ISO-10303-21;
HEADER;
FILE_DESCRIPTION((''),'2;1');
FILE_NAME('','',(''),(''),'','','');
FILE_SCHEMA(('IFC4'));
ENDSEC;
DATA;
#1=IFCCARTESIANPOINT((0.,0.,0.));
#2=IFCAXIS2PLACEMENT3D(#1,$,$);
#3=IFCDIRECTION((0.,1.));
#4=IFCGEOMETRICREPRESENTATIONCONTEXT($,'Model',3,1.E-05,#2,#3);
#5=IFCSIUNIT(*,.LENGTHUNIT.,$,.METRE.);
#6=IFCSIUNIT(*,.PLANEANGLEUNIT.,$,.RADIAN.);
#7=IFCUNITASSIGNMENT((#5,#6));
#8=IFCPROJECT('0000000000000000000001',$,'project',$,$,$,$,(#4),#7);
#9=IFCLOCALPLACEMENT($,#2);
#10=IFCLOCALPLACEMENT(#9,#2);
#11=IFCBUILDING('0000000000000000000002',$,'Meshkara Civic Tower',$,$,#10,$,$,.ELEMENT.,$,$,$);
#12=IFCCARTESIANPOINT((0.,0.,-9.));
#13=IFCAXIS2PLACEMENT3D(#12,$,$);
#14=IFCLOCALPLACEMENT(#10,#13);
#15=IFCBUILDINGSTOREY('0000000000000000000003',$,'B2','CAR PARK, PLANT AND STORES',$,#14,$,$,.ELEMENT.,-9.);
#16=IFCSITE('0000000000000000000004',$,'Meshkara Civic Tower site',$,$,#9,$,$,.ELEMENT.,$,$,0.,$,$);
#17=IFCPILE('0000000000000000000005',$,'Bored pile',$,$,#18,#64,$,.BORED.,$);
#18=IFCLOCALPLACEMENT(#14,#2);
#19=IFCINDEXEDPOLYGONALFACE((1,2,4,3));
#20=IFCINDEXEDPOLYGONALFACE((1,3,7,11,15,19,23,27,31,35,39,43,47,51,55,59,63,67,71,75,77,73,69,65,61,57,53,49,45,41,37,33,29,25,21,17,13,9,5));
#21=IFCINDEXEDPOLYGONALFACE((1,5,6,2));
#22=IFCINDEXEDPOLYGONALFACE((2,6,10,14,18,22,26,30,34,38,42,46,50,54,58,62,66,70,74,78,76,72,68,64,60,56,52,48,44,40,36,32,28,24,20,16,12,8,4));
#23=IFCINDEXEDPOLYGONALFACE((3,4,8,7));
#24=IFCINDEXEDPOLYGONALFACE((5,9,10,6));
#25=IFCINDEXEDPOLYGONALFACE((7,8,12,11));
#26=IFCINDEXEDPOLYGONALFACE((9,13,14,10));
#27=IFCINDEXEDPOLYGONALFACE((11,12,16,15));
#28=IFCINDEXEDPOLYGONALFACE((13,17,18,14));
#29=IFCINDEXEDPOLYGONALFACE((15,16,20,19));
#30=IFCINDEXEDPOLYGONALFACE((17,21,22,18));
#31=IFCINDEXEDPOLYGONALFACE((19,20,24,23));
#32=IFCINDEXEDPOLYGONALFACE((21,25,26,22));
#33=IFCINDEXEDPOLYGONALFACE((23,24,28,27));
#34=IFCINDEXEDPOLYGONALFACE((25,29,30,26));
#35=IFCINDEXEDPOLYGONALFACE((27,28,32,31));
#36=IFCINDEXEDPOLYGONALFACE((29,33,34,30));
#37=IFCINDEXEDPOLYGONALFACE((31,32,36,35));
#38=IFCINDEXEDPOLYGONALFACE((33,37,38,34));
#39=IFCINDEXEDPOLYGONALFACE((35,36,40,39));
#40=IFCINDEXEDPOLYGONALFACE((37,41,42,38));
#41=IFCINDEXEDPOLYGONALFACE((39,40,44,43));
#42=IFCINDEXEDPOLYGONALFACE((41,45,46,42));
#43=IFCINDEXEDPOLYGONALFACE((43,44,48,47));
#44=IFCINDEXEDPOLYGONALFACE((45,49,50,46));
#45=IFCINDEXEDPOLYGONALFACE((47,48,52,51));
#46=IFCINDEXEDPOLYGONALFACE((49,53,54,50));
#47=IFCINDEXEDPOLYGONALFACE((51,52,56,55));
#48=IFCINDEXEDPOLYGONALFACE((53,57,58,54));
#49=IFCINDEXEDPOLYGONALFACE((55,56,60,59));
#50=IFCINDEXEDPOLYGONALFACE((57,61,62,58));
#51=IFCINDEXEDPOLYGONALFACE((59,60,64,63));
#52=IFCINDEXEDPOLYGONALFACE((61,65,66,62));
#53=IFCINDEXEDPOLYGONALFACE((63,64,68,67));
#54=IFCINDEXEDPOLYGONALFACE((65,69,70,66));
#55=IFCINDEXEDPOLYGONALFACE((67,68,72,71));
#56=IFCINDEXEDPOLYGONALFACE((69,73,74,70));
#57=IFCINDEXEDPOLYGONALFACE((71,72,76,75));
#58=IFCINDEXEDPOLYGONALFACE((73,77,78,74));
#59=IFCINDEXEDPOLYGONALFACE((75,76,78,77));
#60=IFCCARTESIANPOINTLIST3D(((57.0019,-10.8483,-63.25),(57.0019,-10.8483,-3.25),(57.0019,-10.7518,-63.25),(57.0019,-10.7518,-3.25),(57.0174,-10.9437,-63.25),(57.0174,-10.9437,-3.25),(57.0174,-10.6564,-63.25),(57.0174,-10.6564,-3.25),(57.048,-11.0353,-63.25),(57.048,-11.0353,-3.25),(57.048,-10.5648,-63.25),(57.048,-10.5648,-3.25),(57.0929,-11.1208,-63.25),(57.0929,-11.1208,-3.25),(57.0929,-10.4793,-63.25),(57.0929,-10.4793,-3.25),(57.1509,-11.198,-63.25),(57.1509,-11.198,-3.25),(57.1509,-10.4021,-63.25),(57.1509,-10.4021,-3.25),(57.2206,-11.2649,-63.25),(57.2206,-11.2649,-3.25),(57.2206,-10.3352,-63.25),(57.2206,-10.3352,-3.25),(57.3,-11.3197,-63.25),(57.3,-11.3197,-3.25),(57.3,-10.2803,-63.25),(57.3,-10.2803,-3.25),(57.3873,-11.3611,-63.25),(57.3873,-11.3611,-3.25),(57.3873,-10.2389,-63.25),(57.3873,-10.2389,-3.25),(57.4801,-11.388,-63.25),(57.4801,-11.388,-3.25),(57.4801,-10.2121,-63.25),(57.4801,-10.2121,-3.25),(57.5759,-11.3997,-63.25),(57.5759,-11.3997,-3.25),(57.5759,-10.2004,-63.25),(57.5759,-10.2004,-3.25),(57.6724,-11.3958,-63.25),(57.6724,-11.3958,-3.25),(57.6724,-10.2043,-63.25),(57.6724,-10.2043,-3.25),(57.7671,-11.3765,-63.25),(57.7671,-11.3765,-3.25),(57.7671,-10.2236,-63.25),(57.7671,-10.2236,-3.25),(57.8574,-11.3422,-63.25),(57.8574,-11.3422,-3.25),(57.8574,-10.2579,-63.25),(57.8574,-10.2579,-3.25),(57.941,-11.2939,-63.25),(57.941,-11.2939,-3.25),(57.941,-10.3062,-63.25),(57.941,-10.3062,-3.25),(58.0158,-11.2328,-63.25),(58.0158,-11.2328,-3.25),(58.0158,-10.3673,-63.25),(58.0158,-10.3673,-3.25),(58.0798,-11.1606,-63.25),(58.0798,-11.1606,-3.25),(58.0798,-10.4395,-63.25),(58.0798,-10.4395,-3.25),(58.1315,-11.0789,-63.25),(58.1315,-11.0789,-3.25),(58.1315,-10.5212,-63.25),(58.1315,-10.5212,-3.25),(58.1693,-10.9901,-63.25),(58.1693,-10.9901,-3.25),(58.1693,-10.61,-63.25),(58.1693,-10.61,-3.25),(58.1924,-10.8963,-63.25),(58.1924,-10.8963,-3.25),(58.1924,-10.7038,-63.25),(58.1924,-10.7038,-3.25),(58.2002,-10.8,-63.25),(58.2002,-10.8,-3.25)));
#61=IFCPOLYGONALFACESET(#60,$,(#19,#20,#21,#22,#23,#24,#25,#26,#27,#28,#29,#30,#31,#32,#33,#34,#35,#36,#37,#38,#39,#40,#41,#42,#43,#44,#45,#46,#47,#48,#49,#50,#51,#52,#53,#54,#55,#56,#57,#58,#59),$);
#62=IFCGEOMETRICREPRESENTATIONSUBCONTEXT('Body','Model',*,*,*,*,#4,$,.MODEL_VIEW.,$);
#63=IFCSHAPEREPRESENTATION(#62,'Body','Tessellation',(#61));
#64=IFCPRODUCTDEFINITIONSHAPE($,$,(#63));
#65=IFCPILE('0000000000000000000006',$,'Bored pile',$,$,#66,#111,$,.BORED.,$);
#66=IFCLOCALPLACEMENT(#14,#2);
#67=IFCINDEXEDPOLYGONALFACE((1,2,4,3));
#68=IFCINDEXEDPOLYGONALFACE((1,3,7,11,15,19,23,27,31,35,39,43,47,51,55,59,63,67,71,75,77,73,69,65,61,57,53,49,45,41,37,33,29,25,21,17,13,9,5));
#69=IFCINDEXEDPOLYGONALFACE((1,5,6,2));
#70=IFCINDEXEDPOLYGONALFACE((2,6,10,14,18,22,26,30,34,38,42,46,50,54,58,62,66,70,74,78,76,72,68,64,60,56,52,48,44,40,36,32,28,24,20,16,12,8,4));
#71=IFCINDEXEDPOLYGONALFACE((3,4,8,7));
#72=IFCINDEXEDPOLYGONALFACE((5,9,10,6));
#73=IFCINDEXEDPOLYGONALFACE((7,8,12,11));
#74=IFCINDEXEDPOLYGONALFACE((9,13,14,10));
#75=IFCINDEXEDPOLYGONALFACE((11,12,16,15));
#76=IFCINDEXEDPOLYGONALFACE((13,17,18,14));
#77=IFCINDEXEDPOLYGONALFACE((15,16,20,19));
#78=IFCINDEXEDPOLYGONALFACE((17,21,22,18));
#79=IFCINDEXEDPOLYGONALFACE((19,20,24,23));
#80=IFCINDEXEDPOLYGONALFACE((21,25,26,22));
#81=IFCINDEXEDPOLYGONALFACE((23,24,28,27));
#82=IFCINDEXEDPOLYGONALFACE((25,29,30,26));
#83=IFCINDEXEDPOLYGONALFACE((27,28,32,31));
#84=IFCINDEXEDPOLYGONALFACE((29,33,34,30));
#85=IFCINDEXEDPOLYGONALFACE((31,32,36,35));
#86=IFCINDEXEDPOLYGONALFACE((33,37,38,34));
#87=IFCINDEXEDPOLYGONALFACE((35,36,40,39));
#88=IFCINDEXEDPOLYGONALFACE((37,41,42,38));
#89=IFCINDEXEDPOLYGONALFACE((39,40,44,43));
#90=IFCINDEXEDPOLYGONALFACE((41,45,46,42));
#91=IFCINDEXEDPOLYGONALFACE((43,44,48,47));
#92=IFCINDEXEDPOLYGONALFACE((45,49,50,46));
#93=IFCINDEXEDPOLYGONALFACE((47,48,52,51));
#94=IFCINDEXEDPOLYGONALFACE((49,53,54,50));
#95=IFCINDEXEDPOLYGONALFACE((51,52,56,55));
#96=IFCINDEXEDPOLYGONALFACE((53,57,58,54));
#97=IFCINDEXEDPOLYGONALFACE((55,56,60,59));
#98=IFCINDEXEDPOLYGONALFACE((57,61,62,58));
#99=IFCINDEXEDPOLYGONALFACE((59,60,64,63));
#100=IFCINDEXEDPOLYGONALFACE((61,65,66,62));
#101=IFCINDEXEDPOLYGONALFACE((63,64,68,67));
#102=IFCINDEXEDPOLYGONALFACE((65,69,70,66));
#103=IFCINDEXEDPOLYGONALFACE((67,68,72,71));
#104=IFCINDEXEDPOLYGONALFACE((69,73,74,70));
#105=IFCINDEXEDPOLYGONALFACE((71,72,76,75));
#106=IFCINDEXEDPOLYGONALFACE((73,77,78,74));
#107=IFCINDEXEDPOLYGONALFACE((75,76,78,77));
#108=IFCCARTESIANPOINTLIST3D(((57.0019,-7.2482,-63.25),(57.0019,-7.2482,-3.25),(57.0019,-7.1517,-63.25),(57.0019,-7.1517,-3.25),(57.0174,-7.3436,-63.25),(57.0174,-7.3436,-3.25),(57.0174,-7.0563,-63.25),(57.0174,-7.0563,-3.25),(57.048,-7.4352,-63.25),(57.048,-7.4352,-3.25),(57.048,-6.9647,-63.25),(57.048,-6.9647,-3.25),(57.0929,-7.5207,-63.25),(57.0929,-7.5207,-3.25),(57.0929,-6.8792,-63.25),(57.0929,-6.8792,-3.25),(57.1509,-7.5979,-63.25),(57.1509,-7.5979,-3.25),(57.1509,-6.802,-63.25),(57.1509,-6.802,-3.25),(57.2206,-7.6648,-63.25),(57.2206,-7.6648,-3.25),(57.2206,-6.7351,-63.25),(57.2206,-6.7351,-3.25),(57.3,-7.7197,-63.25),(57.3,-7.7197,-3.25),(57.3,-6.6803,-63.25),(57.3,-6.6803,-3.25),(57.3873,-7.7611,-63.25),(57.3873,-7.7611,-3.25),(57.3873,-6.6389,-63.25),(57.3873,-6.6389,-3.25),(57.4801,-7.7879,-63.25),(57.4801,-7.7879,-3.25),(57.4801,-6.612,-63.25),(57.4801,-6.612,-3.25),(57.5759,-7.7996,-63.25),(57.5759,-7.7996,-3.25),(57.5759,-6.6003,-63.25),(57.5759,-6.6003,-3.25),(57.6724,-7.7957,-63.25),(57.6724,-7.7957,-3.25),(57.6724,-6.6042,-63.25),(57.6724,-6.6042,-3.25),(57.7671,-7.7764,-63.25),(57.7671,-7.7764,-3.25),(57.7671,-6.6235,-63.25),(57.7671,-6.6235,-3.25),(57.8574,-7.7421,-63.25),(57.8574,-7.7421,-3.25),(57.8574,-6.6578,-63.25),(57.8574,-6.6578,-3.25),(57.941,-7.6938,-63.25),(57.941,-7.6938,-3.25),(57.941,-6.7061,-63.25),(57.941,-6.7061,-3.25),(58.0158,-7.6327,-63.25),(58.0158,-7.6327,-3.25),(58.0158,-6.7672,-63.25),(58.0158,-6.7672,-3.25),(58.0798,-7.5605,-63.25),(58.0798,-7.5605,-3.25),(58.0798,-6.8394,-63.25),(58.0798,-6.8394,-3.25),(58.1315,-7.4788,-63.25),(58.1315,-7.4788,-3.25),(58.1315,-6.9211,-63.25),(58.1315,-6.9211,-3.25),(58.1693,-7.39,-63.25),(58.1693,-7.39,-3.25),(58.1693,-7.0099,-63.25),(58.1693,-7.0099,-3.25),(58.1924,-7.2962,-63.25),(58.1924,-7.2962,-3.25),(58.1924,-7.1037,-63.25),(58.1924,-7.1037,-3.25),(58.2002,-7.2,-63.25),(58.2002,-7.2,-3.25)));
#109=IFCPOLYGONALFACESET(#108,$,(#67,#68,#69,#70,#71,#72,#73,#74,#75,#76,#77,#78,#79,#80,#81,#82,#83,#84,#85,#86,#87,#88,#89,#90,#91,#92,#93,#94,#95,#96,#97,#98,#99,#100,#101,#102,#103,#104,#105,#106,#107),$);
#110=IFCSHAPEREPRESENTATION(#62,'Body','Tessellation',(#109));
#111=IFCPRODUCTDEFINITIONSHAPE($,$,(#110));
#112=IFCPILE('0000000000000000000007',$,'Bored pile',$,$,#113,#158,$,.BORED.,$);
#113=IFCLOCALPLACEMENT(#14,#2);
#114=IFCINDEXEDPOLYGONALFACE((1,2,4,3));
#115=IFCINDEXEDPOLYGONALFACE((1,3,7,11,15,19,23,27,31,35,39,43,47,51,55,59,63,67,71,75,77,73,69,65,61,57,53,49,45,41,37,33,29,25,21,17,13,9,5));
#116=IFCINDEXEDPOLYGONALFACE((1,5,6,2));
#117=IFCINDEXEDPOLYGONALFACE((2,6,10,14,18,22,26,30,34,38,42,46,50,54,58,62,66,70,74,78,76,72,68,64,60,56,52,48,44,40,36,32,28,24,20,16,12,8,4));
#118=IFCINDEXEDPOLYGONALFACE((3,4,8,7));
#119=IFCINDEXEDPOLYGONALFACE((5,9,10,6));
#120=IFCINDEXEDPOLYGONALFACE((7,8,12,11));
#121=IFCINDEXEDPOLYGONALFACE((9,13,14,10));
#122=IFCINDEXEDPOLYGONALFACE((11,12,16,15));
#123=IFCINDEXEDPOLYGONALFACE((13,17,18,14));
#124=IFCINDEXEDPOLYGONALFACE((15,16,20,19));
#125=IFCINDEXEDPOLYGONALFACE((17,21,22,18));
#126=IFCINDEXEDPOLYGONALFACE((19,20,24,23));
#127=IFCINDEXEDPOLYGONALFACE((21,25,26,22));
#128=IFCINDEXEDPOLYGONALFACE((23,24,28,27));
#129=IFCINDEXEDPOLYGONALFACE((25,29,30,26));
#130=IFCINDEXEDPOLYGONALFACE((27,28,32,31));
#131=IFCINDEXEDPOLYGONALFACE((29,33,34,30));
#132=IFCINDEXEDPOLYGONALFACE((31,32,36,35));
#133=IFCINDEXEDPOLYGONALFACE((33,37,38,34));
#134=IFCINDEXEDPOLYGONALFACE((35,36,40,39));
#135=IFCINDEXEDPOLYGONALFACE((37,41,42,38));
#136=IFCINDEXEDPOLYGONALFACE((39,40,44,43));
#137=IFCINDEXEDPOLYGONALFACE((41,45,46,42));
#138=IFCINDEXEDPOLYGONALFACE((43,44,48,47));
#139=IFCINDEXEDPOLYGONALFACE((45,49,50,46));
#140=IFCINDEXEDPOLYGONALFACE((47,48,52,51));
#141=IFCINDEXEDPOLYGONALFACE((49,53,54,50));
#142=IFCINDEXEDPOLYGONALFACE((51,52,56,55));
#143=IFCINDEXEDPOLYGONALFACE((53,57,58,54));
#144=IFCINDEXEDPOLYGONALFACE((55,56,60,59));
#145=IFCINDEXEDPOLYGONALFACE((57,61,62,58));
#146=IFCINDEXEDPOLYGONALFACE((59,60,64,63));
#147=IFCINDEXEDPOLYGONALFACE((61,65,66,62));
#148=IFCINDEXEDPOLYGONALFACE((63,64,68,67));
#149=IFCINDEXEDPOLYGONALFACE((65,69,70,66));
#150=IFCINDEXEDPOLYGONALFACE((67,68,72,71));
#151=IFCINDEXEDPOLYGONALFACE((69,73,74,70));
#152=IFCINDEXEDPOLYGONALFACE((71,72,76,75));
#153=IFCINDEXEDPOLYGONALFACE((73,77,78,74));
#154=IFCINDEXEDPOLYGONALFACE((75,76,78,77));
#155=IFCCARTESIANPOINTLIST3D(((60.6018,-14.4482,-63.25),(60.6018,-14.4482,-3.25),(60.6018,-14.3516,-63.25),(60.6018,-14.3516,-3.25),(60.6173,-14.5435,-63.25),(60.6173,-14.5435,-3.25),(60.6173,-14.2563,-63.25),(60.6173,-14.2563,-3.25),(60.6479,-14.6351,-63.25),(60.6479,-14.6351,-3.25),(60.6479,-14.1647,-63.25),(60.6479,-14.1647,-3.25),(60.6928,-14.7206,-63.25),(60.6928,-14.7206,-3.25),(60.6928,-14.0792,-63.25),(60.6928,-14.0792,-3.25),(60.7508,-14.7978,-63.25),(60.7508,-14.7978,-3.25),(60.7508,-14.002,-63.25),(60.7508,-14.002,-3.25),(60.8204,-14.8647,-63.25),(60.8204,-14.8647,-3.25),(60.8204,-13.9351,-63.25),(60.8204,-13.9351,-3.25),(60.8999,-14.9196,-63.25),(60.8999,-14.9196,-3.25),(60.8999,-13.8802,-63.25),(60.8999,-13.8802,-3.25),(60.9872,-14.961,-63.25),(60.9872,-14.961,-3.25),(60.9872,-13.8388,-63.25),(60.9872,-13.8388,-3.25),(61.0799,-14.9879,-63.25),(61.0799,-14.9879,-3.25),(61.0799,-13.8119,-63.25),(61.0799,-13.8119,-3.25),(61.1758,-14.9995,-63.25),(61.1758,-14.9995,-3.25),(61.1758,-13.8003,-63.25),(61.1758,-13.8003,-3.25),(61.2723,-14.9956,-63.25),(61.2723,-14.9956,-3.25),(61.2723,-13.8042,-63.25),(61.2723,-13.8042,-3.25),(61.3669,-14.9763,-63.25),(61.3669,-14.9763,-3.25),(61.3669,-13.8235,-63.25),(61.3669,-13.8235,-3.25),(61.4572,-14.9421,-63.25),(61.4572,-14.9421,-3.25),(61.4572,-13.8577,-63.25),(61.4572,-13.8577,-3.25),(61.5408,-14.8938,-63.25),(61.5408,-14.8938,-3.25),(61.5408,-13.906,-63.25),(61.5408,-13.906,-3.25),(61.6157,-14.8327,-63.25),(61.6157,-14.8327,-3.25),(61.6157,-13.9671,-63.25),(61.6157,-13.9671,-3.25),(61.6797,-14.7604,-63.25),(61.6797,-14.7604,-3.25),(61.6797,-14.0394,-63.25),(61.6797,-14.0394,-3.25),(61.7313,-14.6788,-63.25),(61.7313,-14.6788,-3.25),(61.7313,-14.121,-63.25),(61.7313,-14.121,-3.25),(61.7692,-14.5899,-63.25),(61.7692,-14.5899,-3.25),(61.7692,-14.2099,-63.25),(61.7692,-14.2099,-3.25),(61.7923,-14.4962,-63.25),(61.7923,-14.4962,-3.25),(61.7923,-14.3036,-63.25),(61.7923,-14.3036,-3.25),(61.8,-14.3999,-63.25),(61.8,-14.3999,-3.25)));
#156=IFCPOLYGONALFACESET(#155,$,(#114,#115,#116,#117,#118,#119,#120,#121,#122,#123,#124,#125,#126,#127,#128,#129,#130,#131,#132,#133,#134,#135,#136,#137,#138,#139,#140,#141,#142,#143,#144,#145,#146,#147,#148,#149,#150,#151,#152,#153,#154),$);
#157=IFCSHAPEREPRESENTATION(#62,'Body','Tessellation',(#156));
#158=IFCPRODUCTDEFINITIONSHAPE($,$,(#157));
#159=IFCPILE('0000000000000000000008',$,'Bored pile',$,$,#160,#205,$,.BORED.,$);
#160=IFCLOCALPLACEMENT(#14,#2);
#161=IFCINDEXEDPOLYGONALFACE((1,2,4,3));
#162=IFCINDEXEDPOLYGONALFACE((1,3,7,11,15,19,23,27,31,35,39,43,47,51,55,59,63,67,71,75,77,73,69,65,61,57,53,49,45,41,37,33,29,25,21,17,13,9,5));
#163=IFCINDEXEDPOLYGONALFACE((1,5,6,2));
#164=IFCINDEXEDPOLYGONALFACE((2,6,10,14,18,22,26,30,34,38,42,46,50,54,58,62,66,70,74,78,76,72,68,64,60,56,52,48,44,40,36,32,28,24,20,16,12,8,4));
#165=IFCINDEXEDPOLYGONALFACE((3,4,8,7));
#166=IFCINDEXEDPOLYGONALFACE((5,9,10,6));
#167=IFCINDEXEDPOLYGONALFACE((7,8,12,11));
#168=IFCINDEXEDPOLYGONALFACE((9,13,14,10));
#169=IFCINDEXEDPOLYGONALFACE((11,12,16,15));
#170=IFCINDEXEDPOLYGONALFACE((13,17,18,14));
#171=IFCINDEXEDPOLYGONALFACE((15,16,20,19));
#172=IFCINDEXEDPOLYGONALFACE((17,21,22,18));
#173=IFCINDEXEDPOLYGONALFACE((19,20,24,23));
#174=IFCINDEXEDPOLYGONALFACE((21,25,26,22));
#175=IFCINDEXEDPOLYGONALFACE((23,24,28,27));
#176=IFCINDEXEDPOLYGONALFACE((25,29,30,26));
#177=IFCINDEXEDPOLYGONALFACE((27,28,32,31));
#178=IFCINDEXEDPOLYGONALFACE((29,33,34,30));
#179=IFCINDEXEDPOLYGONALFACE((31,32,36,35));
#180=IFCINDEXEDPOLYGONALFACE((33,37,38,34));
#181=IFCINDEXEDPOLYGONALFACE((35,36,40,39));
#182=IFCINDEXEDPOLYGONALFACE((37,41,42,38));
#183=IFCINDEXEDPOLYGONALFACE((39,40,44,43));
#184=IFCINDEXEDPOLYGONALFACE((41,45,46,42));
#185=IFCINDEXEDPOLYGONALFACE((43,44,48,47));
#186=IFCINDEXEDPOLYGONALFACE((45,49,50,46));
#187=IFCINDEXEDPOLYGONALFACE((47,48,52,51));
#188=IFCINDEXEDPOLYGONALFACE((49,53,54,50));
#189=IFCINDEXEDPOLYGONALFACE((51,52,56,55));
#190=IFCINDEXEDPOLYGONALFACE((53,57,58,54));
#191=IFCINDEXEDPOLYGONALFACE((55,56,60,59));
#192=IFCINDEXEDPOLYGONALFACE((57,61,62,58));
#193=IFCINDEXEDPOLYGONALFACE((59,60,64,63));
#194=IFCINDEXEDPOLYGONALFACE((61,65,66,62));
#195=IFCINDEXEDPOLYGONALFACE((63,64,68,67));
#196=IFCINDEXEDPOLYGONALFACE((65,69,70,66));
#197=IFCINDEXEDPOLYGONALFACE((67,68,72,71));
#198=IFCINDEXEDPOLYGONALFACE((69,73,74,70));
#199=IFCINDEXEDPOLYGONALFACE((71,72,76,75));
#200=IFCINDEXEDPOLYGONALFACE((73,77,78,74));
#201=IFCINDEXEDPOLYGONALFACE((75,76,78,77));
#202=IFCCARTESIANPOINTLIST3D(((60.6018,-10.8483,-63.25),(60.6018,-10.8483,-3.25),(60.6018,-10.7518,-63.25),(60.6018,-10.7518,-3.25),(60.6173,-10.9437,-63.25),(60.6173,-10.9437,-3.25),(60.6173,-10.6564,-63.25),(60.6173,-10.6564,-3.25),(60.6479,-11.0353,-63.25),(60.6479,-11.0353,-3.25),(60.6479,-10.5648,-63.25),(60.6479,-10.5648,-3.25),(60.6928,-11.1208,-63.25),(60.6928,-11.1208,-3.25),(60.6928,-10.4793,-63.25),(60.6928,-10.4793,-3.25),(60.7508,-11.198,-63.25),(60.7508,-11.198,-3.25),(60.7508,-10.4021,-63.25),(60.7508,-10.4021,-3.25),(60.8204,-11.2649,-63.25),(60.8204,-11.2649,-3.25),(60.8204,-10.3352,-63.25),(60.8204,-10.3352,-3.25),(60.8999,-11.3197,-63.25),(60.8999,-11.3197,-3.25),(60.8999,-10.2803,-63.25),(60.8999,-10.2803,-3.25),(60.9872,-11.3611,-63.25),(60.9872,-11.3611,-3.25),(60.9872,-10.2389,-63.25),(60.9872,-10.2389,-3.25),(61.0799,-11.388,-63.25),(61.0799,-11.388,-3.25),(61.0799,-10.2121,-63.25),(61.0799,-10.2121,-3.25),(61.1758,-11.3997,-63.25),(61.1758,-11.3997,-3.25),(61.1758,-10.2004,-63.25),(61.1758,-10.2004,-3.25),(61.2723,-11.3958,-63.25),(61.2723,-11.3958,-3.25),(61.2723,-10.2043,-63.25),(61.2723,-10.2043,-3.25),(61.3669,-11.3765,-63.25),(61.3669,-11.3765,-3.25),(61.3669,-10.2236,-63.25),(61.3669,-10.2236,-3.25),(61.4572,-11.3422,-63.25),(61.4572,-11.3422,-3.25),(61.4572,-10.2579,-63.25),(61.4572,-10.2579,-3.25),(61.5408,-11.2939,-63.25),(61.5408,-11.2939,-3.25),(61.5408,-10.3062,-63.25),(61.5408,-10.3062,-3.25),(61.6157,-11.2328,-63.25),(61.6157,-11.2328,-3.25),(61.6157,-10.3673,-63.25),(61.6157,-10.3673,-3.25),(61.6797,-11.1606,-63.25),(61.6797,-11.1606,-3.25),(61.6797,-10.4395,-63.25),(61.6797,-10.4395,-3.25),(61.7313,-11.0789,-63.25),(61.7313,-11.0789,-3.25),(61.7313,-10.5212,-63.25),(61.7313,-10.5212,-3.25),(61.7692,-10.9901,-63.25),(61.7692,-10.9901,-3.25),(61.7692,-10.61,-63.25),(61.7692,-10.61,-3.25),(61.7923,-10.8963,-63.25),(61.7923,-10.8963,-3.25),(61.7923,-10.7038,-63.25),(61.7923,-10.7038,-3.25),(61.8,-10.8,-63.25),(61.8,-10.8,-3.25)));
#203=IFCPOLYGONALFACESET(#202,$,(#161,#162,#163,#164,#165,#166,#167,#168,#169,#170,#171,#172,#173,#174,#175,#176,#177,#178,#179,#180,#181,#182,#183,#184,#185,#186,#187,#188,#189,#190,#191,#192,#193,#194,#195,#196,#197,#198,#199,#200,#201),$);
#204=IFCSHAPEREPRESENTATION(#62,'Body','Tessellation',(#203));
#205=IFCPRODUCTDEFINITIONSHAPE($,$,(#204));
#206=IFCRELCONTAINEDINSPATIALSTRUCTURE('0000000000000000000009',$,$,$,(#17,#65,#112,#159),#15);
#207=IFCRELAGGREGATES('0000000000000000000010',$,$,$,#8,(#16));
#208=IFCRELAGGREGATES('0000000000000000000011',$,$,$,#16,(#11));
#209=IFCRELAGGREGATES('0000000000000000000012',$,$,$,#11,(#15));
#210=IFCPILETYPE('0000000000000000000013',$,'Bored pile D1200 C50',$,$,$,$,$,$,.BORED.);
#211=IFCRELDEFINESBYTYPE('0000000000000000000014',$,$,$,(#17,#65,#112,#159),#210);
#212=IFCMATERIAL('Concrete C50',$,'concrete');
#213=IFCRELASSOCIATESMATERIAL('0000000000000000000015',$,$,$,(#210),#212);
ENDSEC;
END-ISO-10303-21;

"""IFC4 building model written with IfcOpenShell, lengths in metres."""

from ifc_helpers import new_model, si_unit, direction, frame, origin, origin_2d, place, context, subcontext, project, spatial, circle, extrude, material, material_profile, profile_set, type_object, element, save


model = new_model("IFC4")

# Units and contexts
model_context = context("Model", 3, precision=1e-05, world=origin(), true_north=direction((0.0, 1.0)))
body_context = subcontext(model_context, "Body", "Model", "MODEL_VIEW")
ifc_project = project(units=[si_unit("LENGTHUNIT", "METRE"), si_unit("PLANEANGLEUNIT", "RADIAN")], contexts=[model_context])

# Site, building, storey
site_placement = place(None, origin())
site = spatial("IfcSite", under=ifc_project, at=site_placement, Name="Meshkara Civic Tower site", CompositionType="ELEMENT", RefElevation=0.0)
building_placement = place(site_placement, origin())
building = spatial("IfcBuilding", under=site, at=building_placement, Name="Meshkara Civic Tower", CompositionType="ELEMENT")
storey_placement = place(building_placement, frame((0.0, 0.0, -9.0)))
storey = spatial("IfcBuildingStorey", under=building, at=storey_placement, Name="B2", Description="CAR PARK, PLANT AND STORES", CompositionType="ELEMENT", Elevation=-9.0)

# Piles
ifc_material_1 = material(Name="Concrete C50", Category="concrete")
ifc_material_profile_1 = material_profile(ifc_material_1, circle(Radius=0.6001, at=origin_2d()))
ifc_profile_set_1 = profile_set([ifc_material_profile_1], Name="Concrete C50")
pile_type = type_object("IfcPileType", Name="Bored pile D1200 C50", PredefinedType="BORED", material=ifc_profile_set_1)
for number, where, z_axis, x_axis, name in (
    (1, (57.6001, -10.8, -3.25), (0.0, 0.0, -1.0), (1.0, 0.0, 0.0), "Bored pile"),
    (2, (57.6001, -7.2, -3.25), (0.0, 0.0, -1.0), (1.0, 0.0, 0.0), "Bored pile"),
    (3, (61.2, -14.3999, -3.25), (0.0, 0.0, -1.0), (1.0, 0.0, 0.0), "Bored pile"),
    (4, (61.2, -10.8, -3.25), (0.0, 0.0, -1.0), (1.0, 0.0, 0.0), "Bored pile"),
):
    element("IfcPile", number, at=place(storey_placement, frame(where, z_axis=z_axis, x_axis=x_axis)), inside=storey, type_object=pile_type, Name=name, PredefinedType="BORED", context=body_context, shape_type="SweptSolid", body=[
        extrude(circle(Radius=0.6001, at=origin_2d()), origin(), (0.0, 0.0, 1.0), 60.0),
    ])

save(model, "model.ifc")
